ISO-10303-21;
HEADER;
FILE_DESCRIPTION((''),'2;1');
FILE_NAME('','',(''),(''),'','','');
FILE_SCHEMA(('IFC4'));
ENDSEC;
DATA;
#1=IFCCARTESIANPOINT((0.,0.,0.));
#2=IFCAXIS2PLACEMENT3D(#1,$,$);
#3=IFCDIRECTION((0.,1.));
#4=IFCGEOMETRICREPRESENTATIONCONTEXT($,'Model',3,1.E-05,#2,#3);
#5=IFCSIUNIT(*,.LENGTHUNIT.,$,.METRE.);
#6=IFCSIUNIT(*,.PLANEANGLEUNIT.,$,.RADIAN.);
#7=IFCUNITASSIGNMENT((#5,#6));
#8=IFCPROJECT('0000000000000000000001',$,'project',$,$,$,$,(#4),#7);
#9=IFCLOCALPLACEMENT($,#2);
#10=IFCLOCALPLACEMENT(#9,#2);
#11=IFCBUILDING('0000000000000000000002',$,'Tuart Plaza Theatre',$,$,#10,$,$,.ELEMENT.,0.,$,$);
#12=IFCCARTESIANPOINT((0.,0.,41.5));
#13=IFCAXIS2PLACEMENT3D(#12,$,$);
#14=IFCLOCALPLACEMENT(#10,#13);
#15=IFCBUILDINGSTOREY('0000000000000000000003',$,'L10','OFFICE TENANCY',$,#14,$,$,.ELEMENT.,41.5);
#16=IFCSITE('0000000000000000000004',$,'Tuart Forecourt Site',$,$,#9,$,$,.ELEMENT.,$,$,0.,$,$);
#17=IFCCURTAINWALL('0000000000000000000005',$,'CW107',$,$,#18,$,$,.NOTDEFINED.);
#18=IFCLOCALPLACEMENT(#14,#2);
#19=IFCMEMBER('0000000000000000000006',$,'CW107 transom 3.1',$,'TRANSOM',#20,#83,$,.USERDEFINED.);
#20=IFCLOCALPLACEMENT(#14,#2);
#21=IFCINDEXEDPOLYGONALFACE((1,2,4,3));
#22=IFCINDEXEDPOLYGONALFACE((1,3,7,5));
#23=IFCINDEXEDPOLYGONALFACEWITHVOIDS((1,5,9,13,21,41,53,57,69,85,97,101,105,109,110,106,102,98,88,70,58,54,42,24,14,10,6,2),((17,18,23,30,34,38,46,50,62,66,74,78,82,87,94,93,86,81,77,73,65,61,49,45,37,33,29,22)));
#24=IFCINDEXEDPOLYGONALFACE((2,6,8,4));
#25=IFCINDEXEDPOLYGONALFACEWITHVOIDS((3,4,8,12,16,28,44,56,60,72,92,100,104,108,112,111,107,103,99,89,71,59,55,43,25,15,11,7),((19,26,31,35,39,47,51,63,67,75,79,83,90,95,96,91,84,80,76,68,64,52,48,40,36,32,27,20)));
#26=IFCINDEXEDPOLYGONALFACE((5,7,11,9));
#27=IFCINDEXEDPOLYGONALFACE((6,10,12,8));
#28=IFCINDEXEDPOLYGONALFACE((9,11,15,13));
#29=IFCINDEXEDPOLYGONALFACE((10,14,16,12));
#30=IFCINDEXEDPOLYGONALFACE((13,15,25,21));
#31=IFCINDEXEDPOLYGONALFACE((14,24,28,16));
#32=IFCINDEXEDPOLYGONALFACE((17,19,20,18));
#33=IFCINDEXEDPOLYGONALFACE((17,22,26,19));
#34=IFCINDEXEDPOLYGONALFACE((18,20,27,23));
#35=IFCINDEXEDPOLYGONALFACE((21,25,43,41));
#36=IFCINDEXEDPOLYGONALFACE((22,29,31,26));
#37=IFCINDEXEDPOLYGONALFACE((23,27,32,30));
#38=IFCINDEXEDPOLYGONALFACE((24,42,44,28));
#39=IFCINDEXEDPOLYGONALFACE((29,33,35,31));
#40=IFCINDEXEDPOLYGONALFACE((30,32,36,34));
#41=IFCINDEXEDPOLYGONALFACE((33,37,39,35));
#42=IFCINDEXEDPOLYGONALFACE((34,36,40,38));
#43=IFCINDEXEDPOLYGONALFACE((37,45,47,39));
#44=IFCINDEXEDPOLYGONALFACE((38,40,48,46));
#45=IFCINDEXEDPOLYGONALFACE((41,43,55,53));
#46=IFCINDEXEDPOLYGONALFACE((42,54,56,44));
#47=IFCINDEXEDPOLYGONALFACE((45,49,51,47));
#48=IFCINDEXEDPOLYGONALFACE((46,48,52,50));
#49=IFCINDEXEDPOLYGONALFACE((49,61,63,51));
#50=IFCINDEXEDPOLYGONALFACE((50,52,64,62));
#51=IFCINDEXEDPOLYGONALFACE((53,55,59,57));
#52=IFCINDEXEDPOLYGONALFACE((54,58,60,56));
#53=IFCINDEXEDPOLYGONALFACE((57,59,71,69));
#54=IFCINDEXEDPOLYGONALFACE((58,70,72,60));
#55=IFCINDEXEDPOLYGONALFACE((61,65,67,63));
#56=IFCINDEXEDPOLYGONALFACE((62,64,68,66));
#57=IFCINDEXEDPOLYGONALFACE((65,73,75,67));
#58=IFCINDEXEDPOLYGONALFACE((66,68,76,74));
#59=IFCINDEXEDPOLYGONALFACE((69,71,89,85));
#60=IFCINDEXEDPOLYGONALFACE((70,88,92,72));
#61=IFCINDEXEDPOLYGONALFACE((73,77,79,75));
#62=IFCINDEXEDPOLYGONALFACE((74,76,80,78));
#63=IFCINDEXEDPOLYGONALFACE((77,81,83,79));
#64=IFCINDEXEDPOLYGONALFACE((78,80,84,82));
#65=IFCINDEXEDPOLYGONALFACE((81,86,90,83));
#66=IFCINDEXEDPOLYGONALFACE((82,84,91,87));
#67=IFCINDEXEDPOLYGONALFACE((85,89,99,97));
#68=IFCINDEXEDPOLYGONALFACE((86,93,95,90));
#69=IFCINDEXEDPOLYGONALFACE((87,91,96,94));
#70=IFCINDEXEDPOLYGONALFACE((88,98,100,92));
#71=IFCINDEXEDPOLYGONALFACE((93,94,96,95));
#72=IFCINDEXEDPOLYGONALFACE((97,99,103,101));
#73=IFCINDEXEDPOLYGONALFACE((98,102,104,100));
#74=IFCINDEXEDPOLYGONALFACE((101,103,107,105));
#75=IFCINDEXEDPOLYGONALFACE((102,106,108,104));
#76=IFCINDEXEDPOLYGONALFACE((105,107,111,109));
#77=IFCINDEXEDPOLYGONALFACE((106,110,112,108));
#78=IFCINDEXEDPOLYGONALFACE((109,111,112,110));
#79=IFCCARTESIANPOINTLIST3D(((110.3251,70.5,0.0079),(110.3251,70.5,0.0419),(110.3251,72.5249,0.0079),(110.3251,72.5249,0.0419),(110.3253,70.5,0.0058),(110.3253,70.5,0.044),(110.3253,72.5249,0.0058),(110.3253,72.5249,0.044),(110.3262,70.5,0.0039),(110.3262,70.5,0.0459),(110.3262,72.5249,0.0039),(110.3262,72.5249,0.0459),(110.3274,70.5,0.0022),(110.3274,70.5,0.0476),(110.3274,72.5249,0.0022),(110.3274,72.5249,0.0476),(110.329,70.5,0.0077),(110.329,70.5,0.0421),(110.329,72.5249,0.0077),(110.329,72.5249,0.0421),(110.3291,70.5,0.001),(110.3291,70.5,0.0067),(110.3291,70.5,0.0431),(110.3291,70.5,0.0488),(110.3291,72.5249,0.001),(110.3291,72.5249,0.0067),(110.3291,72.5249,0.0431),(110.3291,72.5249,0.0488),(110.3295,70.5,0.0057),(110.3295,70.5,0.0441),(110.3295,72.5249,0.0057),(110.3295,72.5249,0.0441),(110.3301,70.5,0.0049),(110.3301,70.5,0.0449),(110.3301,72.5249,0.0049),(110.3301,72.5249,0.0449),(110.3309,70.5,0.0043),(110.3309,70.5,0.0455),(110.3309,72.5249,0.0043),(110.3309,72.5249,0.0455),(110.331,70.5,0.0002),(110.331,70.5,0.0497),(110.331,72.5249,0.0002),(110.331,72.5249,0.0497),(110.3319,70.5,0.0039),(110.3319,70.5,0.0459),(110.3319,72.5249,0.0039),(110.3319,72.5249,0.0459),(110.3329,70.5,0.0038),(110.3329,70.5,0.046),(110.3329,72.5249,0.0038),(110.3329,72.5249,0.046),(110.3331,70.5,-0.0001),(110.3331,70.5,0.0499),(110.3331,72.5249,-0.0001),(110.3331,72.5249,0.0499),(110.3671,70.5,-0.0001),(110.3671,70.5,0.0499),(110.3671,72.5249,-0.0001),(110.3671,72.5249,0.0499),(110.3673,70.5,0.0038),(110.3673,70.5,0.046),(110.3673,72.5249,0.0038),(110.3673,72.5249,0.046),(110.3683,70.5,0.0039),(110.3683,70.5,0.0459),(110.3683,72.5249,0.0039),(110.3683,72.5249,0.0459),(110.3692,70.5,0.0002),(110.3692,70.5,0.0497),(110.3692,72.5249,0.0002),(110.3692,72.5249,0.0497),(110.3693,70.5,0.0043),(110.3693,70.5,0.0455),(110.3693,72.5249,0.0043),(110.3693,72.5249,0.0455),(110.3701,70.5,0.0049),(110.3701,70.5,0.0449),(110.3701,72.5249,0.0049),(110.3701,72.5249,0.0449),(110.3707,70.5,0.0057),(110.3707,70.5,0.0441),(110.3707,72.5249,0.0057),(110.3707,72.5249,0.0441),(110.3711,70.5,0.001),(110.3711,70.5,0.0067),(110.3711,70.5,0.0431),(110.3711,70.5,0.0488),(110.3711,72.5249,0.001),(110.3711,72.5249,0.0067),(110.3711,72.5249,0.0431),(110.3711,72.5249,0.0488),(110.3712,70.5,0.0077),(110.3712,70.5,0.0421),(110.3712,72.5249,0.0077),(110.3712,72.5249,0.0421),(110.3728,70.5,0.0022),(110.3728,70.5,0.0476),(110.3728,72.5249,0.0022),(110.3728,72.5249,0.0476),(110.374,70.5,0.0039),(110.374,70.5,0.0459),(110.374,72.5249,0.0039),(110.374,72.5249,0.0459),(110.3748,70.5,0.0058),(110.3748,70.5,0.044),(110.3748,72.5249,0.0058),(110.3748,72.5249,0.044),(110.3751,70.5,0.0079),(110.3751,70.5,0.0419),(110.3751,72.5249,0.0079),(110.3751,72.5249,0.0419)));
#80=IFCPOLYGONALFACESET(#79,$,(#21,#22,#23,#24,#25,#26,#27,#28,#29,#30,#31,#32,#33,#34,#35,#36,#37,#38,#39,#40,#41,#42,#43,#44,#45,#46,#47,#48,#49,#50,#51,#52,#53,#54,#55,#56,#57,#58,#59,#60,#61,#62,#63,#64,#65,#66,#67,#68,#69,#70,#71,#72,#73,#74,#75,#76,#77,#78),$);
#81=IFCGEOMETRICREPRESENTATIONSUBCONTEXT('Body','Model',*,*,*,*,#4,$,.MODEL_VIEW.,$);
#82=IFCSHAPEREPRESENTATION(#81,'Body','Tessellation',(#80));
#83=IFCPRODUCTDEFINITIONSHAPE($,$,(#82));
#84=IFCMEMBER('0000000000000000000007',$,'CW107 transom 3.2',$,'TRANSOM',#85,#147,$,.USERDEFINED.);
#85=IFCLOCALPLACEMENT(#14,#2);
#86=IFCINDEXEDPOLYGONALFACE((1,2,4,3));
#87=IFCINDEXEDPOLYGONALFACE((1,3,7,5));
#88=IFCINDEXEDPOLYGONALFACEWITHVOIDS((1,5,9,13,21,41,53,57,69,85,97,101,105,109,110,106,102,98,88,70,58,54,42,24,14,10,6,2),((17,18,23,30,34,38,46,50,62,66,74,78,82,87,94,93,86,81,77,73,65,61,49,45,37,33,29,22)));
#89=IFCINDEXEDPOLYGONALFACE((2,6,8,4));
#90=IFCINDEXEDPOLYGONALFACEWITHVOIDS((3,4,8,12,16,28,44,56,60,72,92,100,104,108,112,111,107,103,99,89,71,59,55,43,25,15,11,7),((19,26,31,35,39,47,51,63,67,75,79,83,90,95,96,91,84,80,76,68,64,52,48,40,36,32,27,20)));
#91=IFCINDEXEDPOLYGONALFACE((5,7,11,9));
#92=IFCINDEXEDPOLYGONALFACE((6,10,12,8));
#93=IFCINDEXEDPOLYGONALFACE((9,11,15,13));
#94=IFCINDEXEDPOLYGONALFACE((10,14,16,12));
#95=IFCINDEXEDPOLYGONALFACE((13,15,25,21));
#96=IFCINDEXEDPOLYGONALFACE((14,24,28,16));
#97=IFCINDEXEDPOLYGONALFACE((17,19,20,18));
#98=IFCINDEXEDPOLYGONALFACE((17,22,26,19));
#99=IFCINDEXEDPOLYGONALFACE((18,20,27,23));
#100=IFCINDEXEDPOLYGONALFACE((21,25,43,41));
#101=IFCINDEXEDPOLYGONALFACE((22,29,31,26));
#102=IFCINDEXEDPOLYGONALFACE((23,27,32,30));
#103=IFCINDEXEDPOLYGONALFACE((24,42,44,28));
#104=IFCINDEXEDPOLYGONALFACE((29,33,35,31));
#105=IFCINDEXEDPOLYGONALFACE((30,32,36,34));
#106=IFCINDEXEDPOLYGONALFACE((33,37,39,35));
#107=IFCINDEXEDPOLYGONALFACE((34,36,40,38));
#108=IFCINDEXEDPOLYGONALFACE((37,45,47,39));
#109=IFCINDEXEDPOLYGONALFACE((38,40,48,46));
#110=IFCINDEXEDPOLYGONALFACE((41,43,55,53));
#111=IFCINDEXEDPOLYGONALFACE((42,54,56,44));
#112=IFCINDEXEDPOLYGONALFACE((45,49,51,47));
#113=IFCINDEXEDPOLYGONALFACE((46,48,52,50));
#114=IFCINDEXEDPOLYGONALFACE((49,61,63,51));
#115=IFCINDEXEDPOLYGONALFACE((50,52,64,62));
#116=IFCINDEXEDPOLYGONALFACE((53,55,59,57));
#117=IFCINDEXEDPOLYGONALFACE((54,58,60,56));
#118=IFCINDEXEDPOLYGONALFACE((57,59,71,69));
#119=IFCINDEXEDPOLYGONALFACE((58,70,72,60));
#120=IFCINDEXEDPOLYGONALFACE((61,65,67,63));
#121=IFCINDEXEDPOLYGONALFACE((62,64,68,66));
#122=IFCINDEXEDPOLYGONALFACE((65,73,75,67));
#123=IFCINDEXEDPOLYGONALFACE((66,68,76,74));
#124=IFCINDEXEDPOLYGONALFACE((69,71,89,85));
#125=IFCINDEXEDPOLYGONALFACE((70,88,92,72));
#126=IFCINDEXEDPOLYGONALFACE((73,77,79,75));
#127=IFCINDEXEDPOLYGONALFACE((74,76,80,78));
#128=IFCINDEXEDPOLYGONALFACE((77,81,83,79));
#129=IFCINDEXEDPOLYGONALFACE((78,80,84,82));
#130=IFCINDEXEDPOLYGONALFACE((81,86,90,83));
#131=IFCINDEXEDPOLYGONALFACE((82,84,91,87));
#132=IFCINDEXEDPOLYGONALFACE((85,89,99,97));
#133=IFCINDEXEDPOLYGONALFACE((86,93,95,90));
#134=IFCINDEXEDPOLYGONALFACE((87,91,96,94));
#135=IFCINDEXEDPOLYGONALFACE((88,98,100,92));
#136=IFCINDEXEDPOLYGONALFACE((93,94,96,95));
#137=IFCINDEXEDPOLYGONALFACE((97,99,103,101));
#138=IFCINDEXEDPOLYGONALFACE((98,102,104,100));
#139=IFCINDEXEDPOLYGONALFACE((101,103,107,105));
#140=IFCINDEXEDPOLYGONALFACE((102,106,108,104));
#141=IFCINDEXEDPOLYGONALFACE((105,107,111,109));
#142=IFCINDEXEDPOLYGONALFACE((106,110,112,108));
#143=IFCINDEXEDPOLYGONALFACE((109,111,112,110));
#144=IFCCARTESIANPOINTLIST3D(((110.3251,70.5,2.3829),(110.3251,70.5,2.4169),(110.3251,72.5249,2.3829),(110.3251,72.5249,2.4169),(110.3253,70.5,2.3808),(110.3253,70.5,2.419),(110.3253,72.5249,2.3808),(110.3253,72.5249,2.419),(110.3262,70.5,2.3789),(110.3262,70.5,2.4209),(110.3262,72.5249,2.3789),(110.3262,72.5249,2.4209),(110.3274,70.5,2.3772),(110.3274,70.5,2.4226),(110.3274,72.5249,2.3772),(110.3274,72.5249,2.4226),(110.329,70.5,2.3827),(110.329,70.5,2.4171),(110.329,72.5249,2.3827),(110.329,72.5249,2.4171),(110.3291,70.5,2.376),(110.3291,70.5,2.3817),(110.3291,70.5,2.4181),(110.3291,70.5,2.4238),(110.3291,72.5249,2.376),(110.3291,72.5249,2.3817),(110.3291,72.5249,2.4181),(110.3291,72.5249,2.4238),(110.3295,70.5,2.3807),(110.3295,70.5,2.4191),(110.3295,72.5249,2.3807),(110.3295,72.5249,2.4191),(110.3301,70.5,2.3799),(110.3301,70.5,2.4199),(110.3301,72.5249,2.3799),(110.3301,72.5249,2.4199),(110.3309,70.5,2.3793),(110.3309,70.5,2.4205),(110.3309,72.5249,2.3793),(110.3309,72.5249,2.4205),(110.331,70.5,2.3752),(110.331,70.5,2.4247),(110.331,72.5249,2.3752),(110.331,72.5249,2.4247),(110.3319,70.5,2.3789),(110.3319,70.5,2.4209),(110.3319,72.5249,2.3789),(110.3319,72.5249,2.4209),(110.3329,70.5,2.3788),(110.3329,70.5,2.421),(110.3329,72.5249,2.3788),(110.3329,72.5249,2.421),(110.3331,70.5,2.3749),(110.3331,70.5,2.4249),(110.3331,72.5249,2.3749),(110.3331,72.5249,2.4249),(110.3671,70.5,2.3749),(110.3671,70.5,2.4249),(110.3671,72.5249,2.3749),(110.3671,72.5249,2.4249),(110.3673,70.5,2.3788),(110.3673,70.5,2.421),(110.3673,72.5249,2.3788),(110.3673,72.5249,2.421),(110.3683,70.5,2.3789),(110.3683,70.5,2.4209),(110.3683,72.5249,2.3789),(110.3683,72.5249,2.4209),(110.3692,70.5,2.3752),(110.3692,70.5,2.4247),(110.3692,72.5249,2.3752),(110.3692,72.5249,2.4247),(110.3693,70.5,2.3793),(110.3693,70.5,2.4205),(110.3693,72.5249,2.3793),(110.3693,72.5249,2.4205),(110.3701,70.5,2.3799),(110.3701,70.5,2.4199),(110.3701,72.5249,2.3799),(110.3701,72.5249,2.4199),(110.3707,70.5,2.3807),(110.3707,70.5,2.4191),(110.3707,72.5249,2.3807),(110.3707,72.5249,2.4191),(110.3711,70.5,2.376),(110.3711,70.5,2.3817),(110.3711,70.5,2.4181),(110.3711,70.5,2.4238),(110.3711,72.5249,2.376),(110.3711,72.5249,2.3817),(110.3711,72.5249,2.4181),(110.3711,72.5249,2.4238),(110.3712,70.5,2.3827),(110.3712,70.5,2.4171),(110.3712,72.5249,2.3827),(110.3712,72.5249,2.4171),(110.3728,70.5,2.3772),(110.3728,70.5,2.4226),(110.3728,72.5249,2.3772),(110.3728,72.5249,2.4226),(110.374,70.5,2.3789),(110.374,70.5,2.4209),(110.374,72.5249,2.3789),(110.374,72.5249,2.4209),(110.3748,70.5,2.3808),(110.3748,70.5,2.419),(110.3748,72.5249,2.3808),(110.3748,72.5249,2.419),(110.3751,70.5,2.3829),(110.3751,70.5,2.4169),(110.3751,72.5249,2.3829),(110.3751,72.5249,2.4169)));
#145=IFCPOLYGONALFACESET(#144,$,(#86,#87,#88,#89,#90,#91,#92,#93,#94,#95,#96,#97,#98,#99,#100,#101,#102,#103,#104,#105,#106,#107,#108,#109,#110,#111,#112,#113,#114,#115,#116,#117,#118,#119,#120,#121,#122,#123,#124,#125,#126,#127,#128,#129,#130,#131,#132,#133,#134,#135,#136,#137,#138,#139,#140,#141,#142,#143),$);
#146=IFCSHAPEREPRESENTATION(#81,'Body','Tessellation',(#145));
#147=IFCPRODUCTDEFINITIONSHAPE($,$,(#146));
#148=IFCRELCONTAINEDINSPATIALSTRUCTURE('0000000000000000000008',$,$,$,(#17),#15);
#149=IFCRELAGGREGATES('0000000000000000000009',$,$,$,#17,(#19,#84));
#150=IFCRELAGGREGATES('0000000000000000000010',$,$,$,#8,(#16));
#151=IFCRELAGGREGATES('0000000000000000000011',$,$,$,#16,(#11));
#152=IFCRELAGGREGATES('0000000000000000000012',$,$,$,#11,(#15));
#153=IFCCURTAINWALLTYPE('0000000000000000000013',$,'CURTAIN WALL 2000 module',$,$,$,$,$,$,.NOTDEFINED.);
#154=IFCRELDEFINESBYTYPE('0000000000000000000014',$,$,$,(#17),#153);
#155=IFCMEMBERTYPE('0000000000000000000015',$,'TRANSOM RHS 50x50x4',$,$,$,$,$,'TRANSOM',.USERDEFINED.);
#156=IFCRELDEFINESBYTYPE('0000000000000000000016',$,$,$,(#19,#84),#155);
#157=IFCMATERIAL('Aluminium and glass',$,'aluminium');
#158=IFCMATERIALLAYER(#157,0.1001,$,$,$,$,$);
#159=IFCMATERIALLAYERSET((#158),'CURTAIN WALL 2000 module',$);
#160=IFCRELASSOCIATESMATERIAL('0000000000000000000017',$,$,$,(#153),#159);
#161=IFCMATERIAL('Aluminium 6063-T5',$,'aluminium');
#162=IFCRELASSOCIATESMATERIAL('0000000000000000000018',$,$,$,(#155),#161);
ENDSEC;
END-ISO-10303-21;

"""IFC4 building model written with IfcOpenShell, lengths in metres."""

from ifc_helpers import new_model, si_unit, direction, frame, origin, origin_2d, place, context, subcontext, project, spatial, hollow_rectangle, extrude, material, layer, layer_set, material_profile, profile_set, type_object, element, aggregate, save


model = new_model("IFC4")

# Units and contexts
model_context = context("Model", 3, precision=1e-05, world=origin(), true_north=direction((0.0, 1.0)))
body_context = subcontext(model_context, "Body", "Model", "MODEL_VIEW")
ifc_project = project(units=[si_unit("LENGTHUNIT", "METRE"), si_unit("PLANEANGLEUNIT", "RADIAN")], contexts=[model_context])

# Site, building, storey
site_placement = place(None, origin())
site = spatial("IfcSite", under=ifc_project, at=site_placement, Name="Tuart Forecourt Site", CompositionType="ELEMENT", RefElevation=0.0)
building_placement = place(site_placement, origin())
building = spatial("IfcBuilding", under=site, at=building_placement, Name="Tuart Plaza Theatre", CompositionType="ELEMENT", ElevationOfRefHeight=0.0)
storey_placement = place(building_placement, frame((0.0, 0.0, 41.5)))
storey = spatial("IfcBuildingStorey", under=building, at=storey_placement, Name="L10", Description="OFFICE TENANCY", CompositionType="ELEMENT", Elevation=41.5)

# Curtain wall
ifc_material_1 = material(Name="Aluminium and glass", Category="aluminium")
ifc_layer_1 = layer(ifc_material_1, 0.1001)
ifc_layer_set_1 = layer_set([ifc_layer_1], Name="CURTAIN WALL 2000 module")
curtain_wall_type = type_object("IfcCurtainWallType", Name="CURTAIN WALL 2000 module", PredefinedType="NOTDEFINED", material=ifc_layer_set_1)
curtain_wall_1_placement = place(storey_placement, origin())
curtain_wall_1 = element("IfcCurtainWall", 1, at=curtain_wall_1_placement, inside=storey, type_object=curtain_wall_type, Name="CW107", PredefinedType="NOTDEFINED")
ifc_material_2 = material(Name="Aluminium 6063-T5", Category="aluminium")
ifc_material_profile_1 = material_profile(ifc_material_2, hollow_rectangle(XDim=0.05, YDim=0.05, WallThickness=0.0039, InnerFilletRadius=0.0039, OuterFilletRadius=0.0081, at=origin_2d()), Name="RHS 50x50x4")
ifc_profile_set_1 = profile_set([ifc_material_profile_1], Name="Aluminium 6063-T5")
member_type_1 = type_object("IfcMemberType", Name="TRANSOM RHS 50x50x4", ElementType="TRANSOM", PredefinedType="USERDEFINED", material=ifc_profile_set_1)

# Members
member_1_placement = place(storey_placement, frame((110.3501, 72.5249, 0.0249), z_axis=(0.0, -1.0, 0.0), x_axis=(1.0, 0.0, 0.0)))
member_1 = element("IfcMember", 2, at=member_1_placement, type_object=member_type_1, Name="CW107 transom 3.1", ObjectType="TRANSOM", PredefinedType="USERDEFINED", context=body_context, shape_type="SweptSolid", body=[
    extrude(hollow_rectangle(XDim=0.05, YDim=0.05, WallThickness=0.0039, InnerFilletRadius=0.0039, OuterFilletRadius=0.0081, at=origin_2d()), origin(), (0.0, 0.0, 1.0), 2.0249),
])
member_2_placement = place(storey_placement, frame((110.3501, 72.5249, 2.3999), z_axis=(0.0, -1.0, 0.0), x_axis=(1.0, 0.0, 0.0)))
member_2 = element("IfcMember", 3, at=member_2_placement, type_object=member_type_1, Name="CW107 transom 3.2", ObjectType="TRANSOM", PredefinedType="USERDEFINED", context=body_context, shape_type="SweptSolid", body=[
    extrude(hollow_rectangle(XDim=0.05, YDim=0.05, WallThickness=0.0039, InnerFilletRadius=0.0039, OuterFilletRadius=0.0081, at=origin_2d()), origin(), (0.0, 0.0, 1.0), 2.0249),
])

aggregate(curtain_wall_1, [member_1, member_2])

save(model, "model.ifc")
